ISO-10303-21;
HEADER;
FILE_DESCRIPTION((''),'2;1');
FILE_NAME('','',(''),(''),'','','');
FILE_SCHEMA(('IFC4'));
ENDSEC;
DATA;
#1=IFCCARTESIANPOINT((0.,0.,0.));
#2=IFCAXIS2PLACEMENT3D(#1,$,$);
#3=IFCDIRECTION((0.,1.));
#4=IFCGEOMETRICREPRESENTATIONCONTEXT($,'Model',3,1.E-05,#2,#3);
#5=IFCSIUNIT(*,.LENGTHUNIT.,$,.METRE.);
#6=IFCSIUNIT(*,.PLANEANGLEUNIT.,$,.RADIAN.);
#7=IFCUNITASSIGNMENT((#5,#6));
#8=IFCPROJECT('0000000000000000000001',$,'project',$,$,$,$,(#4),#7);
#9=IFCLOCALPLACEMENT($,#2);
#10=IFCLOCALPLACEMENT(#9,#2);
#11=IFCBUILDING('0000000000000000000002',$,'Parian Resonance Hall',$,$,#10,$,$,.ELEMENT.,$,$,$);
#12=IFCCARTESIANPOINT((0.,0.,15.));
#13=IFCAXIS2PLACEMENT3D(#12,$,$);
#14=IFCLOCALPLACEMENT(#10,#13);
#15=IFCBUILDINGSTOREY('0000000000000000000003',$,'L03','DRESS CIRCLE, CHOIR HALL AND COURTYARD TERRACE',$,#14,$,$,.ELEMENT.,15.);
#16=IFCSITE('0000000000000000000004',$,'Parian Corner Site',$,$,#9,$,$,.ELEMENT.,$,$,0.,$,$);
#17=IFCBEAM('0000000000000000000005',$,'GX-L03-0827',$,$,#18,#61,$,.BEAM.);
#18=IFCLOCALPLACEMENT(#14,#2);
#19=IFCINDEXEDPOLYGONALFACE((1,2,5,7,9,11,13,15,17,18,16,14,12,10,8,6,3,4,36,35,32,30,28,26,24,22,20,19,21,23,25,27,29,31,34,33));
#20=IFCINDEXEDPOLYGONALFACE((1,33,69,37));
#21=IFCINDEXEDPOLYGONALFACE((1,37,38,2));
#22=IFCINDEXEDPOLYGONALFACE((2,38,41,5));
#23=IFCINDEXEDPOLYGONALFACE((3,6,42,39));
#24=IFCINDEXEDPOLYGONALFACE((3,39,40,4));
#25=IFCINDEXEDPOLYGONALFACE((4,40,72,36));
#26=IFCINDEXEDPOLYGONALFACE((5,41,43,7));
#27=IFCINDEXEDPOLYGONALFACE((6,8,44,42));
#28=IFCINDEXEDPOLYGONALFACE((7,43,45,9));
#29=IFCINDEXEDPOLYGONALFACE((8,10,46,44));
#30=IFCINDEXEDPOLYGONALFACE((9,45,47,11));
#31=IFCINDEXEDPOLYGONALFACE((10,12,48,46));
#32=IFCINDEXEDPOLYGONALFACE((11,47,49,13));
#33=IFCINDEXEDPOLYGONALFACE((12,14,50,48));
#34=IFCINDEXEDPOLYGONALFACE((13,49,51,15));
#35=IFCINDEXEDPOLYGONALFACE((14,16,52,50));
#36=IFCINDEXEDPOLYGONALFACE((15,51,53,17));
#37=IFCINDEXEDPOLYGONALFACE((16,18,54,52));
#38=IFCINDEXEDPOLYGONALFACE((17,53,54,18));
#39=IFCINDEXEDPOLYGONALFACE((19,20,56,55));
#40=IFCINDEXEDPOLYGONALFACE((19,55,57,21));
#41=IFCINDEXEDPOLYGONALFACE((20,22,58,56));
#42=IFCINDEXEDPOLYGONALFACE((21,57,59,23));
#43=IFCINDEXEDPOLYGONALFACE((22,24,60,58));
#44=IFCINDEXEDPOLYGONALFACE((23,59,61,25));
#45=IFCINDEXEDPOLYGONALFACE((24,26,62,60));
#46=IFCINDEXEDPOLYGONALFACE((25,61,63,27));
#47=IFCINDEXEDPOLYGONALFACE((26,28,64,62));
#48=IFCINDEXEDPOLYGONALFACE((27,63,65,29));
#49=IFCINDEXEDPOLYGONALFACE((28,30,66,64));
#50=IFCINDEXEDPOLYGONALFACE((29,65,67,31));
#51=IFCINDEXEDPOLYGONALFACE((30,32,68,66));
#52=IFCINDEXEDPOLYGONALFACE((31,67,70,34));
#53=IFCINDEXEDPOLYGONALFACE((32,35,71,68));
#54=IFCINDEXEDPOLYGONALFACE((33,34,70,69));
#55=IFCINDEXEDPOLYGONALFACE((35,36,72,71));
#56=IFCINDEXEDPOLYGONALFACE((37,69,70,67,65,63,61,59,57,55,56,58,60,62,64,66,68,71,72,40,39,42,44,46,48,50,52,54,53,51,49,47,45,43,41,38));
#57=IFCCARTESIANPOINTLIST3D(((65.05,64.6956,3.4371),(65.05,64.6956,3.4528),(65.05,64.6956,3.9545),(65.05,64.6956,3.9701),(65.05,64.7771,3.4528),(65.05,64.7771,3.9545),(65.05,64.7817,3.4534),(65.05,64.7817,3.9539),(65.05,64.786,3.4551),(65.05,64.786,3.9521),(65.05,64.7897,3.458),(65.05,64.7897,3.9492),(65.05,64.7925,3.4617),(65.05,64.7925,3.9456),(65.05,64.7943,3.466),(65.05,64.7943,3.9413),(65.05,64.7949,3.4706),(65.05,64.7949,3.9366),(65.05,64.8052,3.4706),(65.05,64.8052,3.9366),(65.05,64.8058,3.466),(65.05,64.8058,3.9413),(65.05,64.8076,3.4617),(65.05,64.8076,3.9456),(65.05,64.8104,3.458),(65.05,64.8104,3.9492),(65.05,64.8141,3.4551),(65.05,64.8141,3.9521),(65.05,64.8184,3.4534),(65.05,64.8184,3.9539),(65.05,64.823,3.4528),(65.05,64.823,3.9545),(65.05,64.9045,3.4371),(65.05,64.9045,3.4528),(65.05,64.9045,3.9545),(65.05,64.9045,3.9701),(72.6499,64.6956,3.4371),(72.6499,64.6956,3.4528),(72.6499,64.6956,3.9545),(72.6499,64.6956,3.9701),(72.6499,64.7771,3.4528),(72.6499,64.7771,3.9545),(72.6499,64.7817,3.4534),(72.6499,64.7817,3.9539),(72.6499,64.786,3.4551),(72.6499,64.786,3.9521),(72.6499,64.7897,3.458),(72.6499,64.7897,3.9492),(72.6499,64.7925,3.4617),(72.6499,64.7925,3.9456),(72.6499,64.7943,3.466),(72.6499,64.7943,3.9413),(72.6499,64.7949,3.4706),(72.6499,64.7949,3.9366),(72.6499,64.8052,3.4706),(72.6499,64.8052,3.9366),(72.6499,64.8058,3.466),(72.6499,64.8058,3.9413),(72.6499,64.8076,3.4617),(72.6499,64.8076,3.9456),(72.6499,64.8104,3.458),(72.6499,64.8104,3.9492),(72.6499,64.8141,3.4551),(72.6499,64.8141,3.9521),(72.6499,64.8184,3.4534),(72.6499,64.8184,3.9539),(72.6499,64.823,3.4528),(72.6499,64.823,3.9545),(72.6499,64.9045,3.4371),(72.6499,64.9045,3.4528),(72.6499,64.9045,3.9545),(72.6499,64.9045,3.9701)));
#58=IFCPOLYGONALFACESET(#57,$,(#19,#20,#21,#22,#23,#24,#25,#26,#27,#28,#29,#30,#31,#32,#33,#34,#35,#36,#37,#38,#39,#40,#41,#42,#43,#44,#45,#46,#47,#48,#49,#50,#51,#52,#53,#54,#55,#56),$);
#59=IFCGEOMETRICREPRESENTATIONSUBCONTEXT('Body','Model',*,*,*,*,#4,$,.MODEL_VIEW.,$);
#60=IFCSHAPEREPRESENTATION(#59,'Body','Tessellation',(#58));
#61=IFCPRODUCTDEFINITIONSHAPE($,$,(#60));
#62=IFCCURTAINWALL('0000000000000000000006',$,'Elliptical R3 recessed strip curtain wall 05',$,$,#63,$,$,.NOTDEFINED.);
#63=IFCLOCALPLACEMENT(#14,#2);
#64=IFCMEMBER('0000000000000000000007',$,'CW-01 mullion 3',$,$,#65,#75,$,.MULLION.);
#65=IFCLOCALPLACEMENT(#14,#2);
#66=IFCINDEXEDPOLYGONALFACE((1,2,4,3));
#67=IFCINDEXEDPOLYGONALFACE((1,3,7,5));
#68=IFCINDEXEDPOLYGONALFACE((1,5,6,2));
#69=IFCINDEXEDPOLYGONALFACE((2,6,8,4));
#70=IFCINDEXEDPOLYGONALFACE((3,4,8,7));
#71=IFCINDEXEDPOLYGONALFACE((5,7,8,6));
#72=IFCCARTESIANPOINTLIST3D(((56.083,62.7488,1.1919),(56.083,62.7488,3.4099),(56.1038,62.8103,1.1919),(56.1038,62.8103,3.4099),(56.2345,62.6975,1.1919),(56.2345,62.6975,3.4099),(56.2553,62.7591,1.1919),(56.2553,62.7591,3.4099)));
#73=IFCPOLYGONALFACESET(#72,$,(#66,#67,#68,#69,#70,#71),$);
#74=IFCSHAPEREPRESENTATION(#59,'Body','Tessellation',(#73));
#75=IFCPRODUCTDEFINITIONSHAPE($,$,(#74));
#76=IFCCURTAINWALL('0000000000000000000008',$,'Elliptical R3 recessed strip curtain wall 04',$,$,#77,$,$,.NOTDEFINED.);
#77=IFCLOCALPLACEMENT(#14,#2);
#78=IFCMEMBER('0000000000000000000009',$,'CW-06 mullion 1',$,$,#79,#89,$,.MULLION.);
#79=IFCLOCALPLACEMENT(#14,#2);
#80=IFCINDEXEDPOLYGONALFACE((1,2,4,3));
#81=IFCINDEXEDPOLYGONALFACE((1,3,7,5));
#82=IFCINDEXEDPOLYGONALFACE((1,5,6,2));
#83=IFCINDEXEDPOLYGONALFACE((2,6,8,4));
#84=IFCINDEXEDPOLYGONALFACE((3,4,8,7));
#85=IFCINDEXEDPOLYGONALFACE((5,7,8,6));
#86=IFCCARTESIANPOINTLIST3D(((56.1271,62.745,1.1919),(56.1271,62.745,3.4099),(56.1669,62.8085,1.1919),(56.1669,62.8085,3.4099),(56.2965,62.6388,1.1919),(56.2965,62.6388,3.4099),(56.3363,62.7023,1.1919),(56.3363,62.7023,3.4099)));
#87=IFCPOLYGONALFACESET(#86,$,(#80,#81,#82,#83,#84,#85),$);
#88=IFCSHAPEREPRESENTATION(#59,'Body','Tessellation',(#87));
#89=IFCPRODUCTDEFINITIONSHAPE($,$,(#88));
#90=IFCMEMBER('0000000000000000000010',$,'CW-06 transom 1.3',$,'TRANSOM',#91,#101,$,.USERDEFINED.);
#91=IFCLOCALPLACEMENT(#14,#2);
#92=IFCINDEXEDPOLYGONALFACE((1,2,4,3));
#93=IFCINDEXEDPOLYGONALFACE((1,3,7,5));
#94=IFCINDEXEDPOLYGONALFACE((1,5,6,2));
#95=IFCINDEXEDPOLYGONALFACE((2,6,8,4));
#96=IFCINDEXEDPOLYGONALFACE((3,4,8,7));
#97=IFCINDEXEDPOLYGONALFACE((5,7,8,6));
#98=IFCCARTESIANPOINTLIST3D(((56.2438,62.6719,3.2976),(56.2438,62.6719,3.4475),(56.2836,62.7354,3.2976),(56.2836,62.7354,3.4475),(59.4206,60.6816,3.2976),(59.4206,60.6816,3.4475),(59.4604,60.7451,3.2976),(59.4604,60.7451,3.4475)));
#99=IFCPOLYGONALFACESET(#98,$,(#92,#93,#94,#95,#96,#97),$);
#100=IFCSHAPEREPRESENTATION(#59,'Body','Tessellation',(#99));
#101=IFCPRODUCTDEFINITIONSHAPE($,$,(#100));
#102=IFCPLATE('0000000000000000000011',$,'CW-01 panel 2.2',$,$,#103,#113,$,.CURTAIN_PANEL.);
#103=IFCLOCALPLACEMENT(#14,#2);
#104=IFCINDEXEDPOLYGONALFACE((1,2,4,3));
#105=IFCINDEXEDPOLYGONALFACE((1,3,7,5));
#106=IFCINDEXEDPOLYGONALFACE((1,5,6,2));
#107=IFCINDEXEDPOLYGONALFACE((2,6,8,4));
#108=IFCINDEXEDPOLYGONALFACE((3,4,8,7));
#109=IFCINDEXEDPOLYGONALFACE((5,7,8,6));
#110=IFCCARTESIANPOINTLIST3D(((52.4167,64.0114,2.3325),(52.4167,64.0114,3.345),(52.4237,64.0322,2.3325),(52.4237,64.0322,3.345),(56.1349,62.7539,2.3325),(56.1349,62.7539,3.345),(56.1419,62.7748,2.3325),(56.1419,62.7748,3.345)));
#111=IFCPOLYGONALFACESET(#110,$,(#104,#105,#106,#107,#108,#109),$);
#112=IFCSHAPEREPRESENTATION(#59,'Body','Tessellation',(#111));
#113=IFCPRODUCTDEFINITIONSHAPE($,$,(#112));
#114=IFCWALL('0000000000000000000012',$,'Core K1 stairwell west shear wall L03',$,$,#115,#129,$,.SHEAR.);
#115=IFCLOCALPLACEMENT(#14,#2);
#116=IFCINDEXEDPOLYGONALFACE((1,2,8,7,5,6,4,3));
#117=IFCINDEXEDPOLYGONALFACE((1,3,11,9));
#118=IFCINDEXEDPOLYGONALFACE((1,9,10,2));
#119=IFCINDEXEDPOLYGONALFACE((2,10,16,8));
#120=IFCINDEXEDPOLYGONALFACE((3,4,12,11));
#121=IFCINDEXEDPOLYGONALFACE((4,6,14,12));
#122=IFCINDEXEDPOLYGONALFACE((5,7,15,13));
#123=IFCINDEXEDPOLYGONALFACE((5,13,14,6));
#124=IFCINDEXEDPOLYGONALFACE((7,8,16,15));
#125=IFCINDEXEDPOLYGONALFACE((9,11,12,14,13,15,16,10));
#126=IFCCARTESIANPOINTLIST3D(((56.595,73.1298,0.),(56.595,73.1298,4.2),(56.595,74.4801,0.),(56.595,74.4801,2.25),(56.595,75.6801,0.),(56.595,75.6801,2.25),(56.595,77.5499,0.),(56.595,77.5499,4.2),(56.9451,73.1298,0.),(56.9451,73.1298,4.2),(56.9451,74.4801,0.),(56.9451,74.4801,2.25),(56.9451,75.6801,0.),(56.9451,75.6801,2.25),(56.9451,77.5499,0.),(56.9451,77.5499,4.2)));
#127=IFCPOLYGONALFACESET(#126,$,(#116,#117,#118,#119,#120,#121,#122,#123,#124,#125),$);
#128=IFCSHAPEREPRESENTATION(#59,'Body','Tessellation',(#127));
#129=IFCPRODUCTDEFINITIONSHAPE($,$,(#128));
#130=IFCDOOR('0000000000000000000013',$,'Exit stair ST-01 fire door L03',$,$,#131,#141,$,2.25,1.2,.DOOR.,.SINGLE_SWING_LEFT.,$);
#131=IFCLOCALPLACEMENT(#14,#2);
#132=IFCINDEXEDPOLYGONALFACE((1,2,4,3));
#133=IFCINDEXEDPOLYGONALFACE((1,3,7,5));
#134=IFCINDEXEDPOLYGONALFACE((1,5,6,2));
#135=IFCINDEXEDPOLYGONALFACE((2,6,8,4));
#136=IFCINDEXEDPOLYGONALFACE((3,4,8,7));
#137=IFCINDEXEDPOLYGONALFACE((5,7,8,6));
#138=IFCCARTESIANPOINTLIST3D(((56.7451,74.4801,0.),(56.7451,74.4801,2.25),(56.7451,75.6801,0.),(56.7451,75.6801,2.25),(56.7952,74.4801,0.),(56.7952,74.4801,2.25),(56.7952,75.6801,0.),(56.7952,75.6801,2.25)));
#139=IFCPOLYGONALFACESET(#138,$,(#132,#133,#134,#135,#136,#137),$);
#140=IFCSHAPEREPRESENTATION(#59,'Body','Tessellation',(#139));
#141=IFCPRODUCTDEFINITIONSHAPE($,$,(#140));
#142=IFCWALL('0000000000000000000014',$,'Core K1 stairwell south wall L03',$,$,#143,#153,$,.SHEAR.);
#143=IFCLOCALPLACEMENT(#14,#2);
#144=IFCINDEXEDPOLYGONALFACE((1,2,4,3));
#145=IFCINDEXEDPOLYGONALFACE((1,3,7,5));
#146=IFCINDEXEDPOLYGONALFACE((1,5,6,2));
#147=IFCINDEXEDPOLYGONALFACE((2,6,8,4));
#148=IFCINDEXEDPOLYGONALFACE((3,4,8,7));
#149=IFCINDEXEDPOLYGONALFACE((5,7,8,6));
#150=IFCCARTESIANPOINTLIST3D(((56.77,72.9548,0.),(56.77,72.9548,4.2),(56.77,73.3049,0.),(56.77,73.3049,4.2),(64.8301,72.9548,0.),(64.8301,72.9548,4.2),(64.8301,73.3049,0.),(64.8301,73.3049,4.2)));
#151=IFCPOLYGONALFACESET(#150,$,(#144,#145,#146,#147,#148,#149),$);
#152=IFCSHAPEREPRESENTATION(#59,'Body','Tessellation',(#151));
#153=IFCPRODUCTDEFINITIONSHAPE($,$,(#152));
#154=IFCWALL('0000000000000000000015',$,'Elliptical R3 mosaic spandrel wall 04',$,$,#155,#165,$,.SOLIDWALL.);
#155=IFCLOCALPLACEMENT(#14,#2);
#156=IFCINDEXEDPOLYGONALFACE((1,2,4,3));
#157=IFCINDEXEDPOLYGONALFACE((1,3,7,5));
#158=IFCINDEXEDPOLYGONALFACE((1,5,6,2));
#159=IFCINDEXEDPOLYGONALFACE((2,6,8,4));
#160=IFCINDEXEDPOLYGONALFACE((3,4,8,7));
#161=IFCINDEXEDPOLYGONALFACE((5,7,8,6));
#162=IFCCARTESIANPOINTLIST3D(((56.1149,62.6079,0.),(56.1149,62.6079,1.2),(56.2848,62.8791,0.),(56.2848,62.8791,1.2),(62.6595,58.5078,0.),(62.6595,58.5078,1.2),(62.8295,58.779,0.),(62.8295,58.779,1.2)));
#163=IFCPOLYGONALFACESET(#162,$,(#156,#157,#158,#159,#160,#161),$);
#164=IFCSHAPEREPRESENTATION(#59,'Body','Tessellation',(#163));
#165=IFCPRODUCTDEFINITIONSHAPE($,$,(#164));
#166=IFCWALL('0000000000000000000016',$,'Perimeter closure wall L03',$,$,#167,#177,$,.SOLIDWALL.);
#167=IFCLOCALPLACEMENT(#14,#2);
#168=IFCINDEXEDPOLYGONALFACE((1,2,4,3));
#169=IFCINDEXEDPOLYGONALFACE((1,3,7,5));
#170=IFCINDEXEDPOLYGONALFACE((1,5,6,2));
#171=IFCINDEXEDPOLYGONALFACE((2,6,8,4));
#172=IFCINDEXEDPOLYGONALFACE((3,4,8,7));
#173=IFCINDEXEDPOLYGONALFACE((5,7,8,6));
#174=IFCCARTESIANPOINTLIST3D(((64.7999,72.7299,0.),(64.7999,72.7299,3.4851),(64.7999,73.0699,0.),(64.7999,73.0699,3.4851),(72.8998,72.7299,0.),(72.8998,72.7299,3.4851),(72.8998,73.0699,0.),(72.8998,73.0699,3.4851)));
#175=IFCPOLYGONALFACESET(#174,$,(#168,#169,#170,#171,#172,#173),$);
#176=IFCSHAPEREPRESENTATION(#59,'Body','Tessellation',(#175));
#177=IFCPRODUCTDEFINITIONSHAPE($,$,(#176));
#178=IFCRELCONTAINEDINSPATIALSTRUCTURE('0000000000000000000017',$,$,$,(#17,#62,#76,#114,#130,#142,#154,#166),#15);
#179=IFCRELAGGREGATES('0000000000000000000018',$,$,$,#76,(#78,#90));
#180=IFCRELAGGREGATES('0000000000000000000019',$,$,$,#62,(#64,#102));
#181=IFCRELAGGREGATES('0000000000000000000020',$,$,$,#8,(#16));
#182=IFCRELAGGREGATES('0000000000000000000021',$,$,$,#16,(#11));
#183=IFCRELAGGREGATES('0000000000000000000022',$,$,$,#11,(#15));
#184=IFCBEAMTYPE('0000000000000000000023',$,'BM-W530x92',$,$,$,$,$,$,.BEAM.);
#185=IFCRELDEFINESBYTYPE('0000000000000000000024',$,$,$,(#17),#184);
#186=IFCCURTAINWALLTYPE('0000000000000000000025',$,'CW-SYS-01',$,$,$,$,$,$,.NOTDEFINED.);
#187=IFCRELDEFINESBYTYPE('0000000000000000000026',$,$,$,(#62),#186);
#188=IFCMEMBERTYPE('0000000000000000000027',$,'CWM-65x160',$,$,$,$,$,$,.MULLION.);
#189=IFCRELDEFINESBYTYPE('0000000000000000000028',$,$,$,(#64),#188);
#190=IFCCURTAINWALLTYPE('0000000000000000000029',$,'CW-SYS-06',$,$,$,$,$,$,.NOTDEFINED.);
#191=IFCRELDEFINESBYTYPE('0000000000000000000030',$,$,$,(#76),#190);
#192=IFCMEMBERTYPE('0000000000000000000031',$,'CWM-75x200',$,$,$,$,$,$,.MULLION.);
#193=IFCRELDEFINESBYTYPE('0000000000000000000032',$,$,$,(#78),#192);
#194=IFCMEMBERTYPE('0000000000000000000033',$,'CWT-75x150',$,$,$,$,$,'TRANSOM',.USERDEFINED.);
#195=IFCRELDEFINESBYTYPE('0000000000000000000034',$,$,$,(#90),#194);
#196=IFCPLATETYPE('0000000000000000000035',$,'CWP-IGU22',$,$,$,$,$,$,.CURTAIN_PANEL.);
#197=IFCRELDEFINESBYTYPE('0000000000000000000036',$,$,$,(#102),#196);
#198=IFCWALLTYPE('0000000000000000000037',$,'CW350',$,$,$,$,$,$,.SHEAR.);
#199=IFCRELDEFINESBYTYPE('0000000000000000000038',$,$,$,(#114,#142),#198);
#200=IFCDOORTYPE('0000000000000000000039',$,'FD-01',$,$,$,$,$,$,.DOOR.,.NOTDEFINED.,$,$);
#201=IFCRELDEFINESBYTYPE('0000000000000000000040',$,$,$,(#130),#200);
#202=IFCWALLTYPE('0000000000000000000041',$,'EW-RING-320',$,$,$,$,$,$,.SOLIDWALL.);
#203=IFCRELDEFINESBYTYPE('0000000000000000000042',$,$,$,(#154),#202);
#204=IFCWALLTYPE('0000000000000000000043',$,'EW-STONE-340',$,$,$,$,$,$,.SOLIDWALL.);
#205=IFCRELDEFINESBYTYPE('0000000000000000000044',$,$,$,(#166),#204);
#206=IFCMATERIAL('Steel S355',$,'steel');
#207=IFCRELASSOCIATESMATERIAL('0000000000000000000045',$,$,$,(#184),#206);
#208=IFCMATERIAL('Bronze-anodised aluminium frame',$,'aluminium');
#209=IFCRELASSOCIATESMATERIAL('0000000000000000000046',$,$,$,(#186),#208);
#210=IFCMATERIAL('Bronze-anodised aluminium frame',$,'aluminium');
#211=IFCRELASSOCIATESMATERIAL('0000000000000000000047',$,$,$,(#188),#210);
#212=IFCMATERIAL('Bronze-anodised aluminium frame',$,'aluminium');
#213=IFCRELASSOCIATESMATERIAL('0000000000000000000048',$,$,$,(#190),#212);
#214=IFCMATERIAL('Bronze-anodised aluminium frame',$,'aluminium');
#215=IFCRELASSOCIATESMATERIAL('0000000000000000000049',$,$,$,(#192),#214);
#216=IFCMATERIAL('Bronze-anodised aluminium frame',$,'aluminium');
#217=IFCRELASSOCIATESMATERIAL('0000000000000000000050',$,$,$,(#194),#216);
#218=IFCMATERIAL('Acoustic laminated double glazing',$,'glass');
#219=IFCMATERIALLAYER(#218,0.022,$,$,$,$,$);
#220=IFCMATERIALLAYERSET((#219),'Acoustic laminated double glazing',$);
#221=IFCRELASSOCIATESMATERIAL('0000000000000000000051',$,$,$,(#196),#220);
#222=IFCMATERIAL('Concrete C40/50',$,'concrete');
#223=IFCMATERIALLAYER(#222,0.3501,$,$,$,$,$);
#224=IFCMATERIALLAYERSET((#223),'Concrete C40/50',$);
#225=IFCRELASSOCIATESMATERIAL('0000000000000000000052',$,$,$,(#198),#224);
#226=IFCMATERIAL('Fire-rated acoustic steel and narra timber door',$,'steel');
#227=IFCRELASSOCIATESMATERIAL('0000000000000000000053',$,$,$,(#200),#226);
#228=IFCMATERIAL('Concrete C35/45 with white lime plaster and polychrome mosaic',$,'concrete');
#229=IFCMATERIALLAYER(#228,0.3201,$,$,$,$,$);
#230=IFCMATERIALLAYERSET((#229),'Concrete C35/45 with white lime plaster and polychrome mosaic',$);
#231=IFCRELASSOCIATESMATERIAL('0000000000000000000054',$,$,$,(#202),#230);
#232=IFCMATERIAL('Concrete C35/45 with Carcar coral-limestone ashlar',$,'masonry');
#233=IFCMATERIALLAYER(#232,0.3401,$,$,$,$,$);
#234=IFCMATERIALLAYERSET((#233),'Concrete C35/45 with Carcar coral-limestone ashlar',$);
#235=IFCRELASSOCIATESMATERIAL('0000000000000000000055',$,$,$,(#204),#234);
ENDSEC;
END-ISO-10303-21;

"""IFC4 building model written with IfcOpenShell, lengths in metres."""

from ifc_helpers import new_model, si_unit, direction, frame, frame_2d, origin, origin_2d, place, context, subcontext, project, spatial, rectangle, i_section, extrude, material, layer, layer_set, material_profile, profile_set, type_object, element, fill, aggregate, save


model = new_model("IFC4")

# Units and contexts
model_context = context("Model", 3, precision=1e-05, world=origin(), true_north=direction((0.0, 1.0)))
body_context = subcontext(model_context, "Body", "Model", "MODEL_VIEW")
ifc_project = project(units=[si_unit("LENGTHUNIT", "METRE"), si_unit("PLANEANGLEUNIT", "RADIAN")], contexts=[model_context])

# Site, building, storey
site_placement = place(None, origin())
site = spatial("IfcSite", under=ifc_project, at=site_placement, Name="Parian Corner Site", CompositionType="ELEMENT", RefElevation=0.0)
building_placement = place(site_placement, origin())
building = spatial("IfcBuilding", under=site, at=building_placement, Name="Parian Resonance Hall", CompositionType="ELEMENT")
storey_placement = place(building_placement, frame((0.0, 0.0, 15.0)))
storey = spatial("IfcBuildingStorey", under=building, at=storey_placement, Name="L03", Description="DRESS CIRCLE, CHOIR HALL AND COURTYARD TERRACE", CompositionType="ELEMENT", Elevation=15.0)

# Beam
ifc_material_1 = material(Name="Steel S355", Category="steel")
ifc_material_profile_1 = material_profile(ifc_material_1, i_section(OverallWidth=0.209, OverallDepth=0.533, WebThickness=0.0103, FlangeThickness=0.0156, FilletRadius=0.0178, at=origin_2d()), Name="W530x92")
ifc_profile_set_1 = profile_set([ifc_material_profile_1], Name="Steel S355")
beam_type_1 = type_object("IfcBeamType", Name="BM-W530x92", PredefinedType="BEAM", material=ifc_profile_set_1)
beam_1_placement = place(storey_placement, frame((65.05, 64.8, 3.7036), z_axis=(1.0, 0.0, 0.0), x_axis=(0.0, 1.0, 0.0)))
element("IfcBeam", 1, at=beam_1_placement, inside=storey, type_object=beam_type_1, Name="GX-L03-0827", PredefinedType="BEAM", context=body_context, shape_type="SweptSolid", body=[
    extrude(i_section(OverallWidth=0.209, OverallDepth=0.533, WebThickness=0.0103, FlangeThickness=0.0156, FilletRadius=0.0178, at=origin_2d()), origin(), (0.0, 0.0, 1.0), 7.5999),
])

# Curtain wall, member
ifc_material_2 = material(Name="Bronze-anodised aluminium frame", Category="aluminium")
curtain_wall_type_1 = type_object("IfcCurtainWallType", Name="CW-SYS-01", PredefinedType="NOTDEFINED", material=ifc_material_2)
curtain_wall_1_placement = place(storey_placement, origin())
curtain_wall_1 = element("IfcCurtainWall", 2, at=curtain_wall_1_placement, inside=storey, type_object=curtain_wall_type_1, Name="Elliptical R3 recessed strip curtain wall 05", PredefinedType="NOTDEFINED")
ifc_material_3 = material(Name="Bronze-anodised aluminium frame", Category="aluminium")
ifc_material_profile_2 = material_profile(ifc_material_3, rectangle(XDim=0.0649, YDim=0.1599, at=origin_2d()), Name="CWM-65x160")
ifc_profile_set_2 = profile_set([ifc_material_profile_2], Name="Bronze-anodised aluminium frame")
member_type_1 = type_object("IfcMemberType", Name="CWM-65x160", PredefinedType="MULLION", material=ifc_profile_set_2)
member_1_placement = place(storey_placement, frame((56.1692, 62.7539, 1.1919), z_axis=(0.0, 0.0, 1.0), x_axis=(0.32036, 0.947296, 0.0)))
member_1 = element("IfcMember", 3, at=member_1_placement, type_object=member_type_1, Name="CW-01 mullion 3", PredefinedType="MULLION", context=body_context, shape_type="SweptSolid", body=[
    extrude(rectangle(XDim=0.0649, YDim=0.1599, at=origin_2d()), origin(), (0.0, 0.0, 1.0), 2.218),
])

# Curtain wall, members
ifc_material_4 = material(Name="Bronze-anodised aluminium frame", Category="aluminium")
curtain_wall_type_2 = type_object("IfcCurtainWallType", Name="CW-SYS-06", PredefinedType="NOTDEFINED", material=ifc_material_4)
curtain_wall_2_placement = place(storey_placement, origin())
curtain_wall_2 = element("IfcCurtainWall", 4, at=curtain_wall_2_placement, inside=storey, type_object=curtain_wall_type_2, Name="Elliptical R3 recessed strip curtain wall 04", PredefinedType="NOTDEFINED")
ifc_material_5 = material(Name="Bronze-anodised aluminium frame", Category="aluminium")
ifc_material_profile_3 = material_profile(ifc_material_5, rectangle(XDim=0.075, YDim=0.2, at=origin_2d()), Name="CWM-75x200")
ifc_profile_set_3 = profile_set([ifc_material_profile_3], Name="Bronze-anodised aluminium frame")
member_type_2 = type_object("IfcMemberType", Name="CWM-75x200", PredefinedType="MULLION", material=ifc_profile_set_3)
member_2_placement = place(storey_placement, frame((56.2317, 62.7236, 1.1919), z_axis=(0.0, 0.0, 1.0), x_axis=(0.530904, 0.847432, 0.0)))
member_2 = element("IfcMember", 5, at=member_2_placement, type_object=member_type_2, Name="CW-06 mullion 1", PredefinedType="MULLION", context=body_context, shape_type="SweptSolid", body=[
    extrude(rectangle(XDim=0.075, YDim=0.2, at=origin_2d()), origin(), (0.0, 0.0, 1.0), 2.218),
])
ifc_material_6 = material(Name="Bronze-anodised aluminium frame", Category="aluminium")
ifc_material_profile_4 = material_profile(ifc_material_6, rectangle(XDim=0.075, YDim=0.1499, at=origin_2d()), Name="CWT-75x150")
ifc_profile_set_4 = profile_set([ifc_material_profile_4], Name="Bronze-anodised aluminium frame")
member_type_3 = type_object("IfcMemberType", Name="CWT-75x150", ElementType="TRANSOM", PredefinedType="USERDEFINED", material=ifc_profile_set_4)
member_3_placement = place(storey_placement, frame((56.2637, 62.7036, 3.3726), z_axis=(0.847427, -0.530912, 0.0), x_axis=(0.530912, 0.847427, 0.0)))
member_3 = element("IfcMember", 6, at=member_3_placement, type_object=member_type_3, Name="CW-06 transom 1.3", ObjectType="TRANSOM", PredefinedType="USERDEFINED", context=body_context, shape_type="SweptSolid", body=[
    extrude(rectangle(XDim=0.075, YDim=0.1499, at=origin_2d()), origin(), (0.0, 0.0, 1.0), 3.7488),
])
aggregate(curtain_wall_2, [member_2, member_3])

# Plate
ifc_material_7 = material(Name="Acoustic laminated double glazing", Category="glass")
ifc_layer_1 = layer(ifc_material_7, 0.022)
ifc_layer_set_1 = layer_set([ifc_layer_1], Name="Acoustic laminated double glazing")
plate_type = type_object("IfcPlateType", Name="CWP-IGU22", PredefinedType="CURTAIN_PANEL", material=ifc_layer_set_1)
plate_placement = place(storey_placement, frame((54.2793, 63.3931, 2.3325), z_axis=(0.0, 0.0, 1.0), x_axis=(0.947296, -0.32036, 0.0)))
plate = element("IfcPlate", 7, at=plate_placement, type_object=plate_type, Name="CW-01 panel 2.2", PredefinedType="CURTAIN_PANEL", context=body_context, shape_type="SweptSolid", body=[
    extrude(rectangle(XDim=3.925, YDim=0.022, at=origin_2d()), origin(), (0.0, 0.0, 1.0), 1.0125),
])
aggregate(curtain_wall_1, [member_1, plate])

# Wall, opening, door
ifc_material_8 = material(Name="Concrete C40/50", Category="concrete")
ifc_layer_2 = layer(ifc_material_8, 0.3501)
ifc_layer_set_2 = layer_set([ifc_layer_2], Name="Concrete C40/50")
wall_type_1 = type_object("IfcWallType", Name="CW350", PredefinedType="SHEAR", material=ifc_layer_set_2)
wall_1_placement = place(storey_placement, frame((56.77, 73.1299, 0.0), z_axis=(0.0, 0.0, 1.0), x_axis=(0.0, 1.0, 0.0)))
wall_1 = element("IfcWall", 8, at=wall_1_placement, inside=storey, type_object=wall_type_1, Name="Core K1 stairwell west shear wall L03", PredefinedType="SHEAR", context=body_context, shape_type="SweptSolid", body=[
    extrude(rectangle(XDim=4.4202, YDim=0.3501, at=frame_2d((2.21, 0.0))), origin(), (0.0, 0.0, 1.0), 4.2),
])
opening_placement = place(wall_1_placement, frame((1.3501, 0.0, 0.0)))
opening = element("IfcOpeningElement", 9, at=opening_placement, cuts=wall_1, PredefinedType="OPENING", context=body_context, shape_type="SweptSolid", body=[
    extrude(rectangle(XDim=1.2, YDim=2.25, at=frame_2d((0.6001, 1.125))), frame((0.0, 0.1851, 0.0), z_axis=(0.0, -1.0, 0.0), x_axis=(1.0, 0.0, 0.0)), (0.0, 0.0, 1.0), 0.3701),
])
ifc_material_9 = material(Name="Fire-rated acoustic steel and narra timber door", Category="steel")
door_type = type_object("IfcDoorType", Name="FD-01", OperationType="NOTDEFINED", PredefinedType="DOOR", material=ifc_material_9)
door_placement = place(opening_placement, origin())
door = element("IfcDoor", 10, at=door_placement, inside=storey, type_object=door_type, Name="Exit stair ST-01 fire door L03", OperationType="SINGLE_SWING_LEFT", OverallHeight=2.25, OverallWidth=1.2, PredefinedType="DOOR", context=body_context, shape_type="SweptSolid", body=[
    extrude(rectangle(XDim=1.2, YDim=2.25, at=frame_2d((0.6001, 1.125))), frame((0.0, 0.0249, 0.0), z_axis=(0.0, -1.0, 0.0), x_axis=(1.0, 0.0, 0.0)), (0.0, 0.0, 1.0), 0.05),
])
fill(opening, door)

# Walls
wall_2_placement = place(storey_placement, frame((64.8301, 73.1299, 0.0), z_axis=(0.0, 0.0, 1.0), x_axis=(-1.0, 0.0, 0.0)))
element("IfcWall", 11, at=wall_2_placement, inside=storey, type_object=wall_type_1, Name="Core K1 stairwell south wall L03", PredefinedType="SHEAR", context=body_context, shape_type="SweptSolid", body=[
    extrude(rectangle(XDim=8.0601, YDim=0.3501, at=frame_2d((4.03, 0.0))), origin(), (0.0, 0.0, 1.0), 4.2),
])
ifc_material_10 = material(Name="Concrete C35/45 with white lime plaster and polychrome mosaic", Category="concrete")
ifc_layer_3 = layer(ifc_material_10, 0.3201)
ifc_layer_set_3 = layer_set([ifc_layer_3], Name="Concrete C35/45 with white lime plaster and polychrome mosaic")
wall_type_2 = type_object("IfcWallType", Name="EW-RING-320", PredefinedType="SOLIDWALL", material=ifc_layer_set_3)
wall_3_placement = place(storey_placement, frame((56.2, 62.7434, 0.0), z_axis=(0.0, 0.0, 1.0), x_axis=(0.847435, -0.530899, 0.0)))
element("IfcWall", 12, at=wall_3_placement, inside=storey, type_object=wall_type_2, Name="Elliptical R3 mosaic spandrel wall 04", PredefinedType="SOLIDWALL", context=body_context, shape_type="SweptSolid", body=[
    extrude(rectangle(XDim=7.7229, YDim=0.3201, at=frame_2d((3.8613, 0.0))), origin(), (0.0, 0.0, 1.0), 1.2),
])
ifc_material_11 = material(Name="Concrete C35/45 with Carcar coral-limestone ashlar", Category="masonry")
ifc_layer_4 = layer(ifc_material_11, 0.3401)
ifc_layer_set_4 = layer_set([ifc_layer_4], Name="Concrete C35/45 with Carcar coral-limestone ashlar")
wall_type_3 = type_object("IfcWallType", Name="EW-STONE-340", PredefinedType="SOLIDWALL", material=ifc_layer_set_4)
wall_4_placement = place(storey_placement, frame((64.8, 72.8999, 0.0), z_axis=(0.0, 0.0, 1.0), x_axis=(1.0, 0.0, 0.0)))
element("IfcWall", 13, at=wall_4_placement, inside=storey, type_object=wall_type_3, Name="Perimeter closure wall L03", PredefinedType="SOLIDWALL", context=body_context, shape_type="SweptSolid", body=[
    extrude(rectangle(XDim=8.0999, YDim=0.3401, at=frame_2d((4.0498, 0.0))), origin(), (0.0, 0.0, 1.0), 3.4851),
])

save(model, "model.ifc")
